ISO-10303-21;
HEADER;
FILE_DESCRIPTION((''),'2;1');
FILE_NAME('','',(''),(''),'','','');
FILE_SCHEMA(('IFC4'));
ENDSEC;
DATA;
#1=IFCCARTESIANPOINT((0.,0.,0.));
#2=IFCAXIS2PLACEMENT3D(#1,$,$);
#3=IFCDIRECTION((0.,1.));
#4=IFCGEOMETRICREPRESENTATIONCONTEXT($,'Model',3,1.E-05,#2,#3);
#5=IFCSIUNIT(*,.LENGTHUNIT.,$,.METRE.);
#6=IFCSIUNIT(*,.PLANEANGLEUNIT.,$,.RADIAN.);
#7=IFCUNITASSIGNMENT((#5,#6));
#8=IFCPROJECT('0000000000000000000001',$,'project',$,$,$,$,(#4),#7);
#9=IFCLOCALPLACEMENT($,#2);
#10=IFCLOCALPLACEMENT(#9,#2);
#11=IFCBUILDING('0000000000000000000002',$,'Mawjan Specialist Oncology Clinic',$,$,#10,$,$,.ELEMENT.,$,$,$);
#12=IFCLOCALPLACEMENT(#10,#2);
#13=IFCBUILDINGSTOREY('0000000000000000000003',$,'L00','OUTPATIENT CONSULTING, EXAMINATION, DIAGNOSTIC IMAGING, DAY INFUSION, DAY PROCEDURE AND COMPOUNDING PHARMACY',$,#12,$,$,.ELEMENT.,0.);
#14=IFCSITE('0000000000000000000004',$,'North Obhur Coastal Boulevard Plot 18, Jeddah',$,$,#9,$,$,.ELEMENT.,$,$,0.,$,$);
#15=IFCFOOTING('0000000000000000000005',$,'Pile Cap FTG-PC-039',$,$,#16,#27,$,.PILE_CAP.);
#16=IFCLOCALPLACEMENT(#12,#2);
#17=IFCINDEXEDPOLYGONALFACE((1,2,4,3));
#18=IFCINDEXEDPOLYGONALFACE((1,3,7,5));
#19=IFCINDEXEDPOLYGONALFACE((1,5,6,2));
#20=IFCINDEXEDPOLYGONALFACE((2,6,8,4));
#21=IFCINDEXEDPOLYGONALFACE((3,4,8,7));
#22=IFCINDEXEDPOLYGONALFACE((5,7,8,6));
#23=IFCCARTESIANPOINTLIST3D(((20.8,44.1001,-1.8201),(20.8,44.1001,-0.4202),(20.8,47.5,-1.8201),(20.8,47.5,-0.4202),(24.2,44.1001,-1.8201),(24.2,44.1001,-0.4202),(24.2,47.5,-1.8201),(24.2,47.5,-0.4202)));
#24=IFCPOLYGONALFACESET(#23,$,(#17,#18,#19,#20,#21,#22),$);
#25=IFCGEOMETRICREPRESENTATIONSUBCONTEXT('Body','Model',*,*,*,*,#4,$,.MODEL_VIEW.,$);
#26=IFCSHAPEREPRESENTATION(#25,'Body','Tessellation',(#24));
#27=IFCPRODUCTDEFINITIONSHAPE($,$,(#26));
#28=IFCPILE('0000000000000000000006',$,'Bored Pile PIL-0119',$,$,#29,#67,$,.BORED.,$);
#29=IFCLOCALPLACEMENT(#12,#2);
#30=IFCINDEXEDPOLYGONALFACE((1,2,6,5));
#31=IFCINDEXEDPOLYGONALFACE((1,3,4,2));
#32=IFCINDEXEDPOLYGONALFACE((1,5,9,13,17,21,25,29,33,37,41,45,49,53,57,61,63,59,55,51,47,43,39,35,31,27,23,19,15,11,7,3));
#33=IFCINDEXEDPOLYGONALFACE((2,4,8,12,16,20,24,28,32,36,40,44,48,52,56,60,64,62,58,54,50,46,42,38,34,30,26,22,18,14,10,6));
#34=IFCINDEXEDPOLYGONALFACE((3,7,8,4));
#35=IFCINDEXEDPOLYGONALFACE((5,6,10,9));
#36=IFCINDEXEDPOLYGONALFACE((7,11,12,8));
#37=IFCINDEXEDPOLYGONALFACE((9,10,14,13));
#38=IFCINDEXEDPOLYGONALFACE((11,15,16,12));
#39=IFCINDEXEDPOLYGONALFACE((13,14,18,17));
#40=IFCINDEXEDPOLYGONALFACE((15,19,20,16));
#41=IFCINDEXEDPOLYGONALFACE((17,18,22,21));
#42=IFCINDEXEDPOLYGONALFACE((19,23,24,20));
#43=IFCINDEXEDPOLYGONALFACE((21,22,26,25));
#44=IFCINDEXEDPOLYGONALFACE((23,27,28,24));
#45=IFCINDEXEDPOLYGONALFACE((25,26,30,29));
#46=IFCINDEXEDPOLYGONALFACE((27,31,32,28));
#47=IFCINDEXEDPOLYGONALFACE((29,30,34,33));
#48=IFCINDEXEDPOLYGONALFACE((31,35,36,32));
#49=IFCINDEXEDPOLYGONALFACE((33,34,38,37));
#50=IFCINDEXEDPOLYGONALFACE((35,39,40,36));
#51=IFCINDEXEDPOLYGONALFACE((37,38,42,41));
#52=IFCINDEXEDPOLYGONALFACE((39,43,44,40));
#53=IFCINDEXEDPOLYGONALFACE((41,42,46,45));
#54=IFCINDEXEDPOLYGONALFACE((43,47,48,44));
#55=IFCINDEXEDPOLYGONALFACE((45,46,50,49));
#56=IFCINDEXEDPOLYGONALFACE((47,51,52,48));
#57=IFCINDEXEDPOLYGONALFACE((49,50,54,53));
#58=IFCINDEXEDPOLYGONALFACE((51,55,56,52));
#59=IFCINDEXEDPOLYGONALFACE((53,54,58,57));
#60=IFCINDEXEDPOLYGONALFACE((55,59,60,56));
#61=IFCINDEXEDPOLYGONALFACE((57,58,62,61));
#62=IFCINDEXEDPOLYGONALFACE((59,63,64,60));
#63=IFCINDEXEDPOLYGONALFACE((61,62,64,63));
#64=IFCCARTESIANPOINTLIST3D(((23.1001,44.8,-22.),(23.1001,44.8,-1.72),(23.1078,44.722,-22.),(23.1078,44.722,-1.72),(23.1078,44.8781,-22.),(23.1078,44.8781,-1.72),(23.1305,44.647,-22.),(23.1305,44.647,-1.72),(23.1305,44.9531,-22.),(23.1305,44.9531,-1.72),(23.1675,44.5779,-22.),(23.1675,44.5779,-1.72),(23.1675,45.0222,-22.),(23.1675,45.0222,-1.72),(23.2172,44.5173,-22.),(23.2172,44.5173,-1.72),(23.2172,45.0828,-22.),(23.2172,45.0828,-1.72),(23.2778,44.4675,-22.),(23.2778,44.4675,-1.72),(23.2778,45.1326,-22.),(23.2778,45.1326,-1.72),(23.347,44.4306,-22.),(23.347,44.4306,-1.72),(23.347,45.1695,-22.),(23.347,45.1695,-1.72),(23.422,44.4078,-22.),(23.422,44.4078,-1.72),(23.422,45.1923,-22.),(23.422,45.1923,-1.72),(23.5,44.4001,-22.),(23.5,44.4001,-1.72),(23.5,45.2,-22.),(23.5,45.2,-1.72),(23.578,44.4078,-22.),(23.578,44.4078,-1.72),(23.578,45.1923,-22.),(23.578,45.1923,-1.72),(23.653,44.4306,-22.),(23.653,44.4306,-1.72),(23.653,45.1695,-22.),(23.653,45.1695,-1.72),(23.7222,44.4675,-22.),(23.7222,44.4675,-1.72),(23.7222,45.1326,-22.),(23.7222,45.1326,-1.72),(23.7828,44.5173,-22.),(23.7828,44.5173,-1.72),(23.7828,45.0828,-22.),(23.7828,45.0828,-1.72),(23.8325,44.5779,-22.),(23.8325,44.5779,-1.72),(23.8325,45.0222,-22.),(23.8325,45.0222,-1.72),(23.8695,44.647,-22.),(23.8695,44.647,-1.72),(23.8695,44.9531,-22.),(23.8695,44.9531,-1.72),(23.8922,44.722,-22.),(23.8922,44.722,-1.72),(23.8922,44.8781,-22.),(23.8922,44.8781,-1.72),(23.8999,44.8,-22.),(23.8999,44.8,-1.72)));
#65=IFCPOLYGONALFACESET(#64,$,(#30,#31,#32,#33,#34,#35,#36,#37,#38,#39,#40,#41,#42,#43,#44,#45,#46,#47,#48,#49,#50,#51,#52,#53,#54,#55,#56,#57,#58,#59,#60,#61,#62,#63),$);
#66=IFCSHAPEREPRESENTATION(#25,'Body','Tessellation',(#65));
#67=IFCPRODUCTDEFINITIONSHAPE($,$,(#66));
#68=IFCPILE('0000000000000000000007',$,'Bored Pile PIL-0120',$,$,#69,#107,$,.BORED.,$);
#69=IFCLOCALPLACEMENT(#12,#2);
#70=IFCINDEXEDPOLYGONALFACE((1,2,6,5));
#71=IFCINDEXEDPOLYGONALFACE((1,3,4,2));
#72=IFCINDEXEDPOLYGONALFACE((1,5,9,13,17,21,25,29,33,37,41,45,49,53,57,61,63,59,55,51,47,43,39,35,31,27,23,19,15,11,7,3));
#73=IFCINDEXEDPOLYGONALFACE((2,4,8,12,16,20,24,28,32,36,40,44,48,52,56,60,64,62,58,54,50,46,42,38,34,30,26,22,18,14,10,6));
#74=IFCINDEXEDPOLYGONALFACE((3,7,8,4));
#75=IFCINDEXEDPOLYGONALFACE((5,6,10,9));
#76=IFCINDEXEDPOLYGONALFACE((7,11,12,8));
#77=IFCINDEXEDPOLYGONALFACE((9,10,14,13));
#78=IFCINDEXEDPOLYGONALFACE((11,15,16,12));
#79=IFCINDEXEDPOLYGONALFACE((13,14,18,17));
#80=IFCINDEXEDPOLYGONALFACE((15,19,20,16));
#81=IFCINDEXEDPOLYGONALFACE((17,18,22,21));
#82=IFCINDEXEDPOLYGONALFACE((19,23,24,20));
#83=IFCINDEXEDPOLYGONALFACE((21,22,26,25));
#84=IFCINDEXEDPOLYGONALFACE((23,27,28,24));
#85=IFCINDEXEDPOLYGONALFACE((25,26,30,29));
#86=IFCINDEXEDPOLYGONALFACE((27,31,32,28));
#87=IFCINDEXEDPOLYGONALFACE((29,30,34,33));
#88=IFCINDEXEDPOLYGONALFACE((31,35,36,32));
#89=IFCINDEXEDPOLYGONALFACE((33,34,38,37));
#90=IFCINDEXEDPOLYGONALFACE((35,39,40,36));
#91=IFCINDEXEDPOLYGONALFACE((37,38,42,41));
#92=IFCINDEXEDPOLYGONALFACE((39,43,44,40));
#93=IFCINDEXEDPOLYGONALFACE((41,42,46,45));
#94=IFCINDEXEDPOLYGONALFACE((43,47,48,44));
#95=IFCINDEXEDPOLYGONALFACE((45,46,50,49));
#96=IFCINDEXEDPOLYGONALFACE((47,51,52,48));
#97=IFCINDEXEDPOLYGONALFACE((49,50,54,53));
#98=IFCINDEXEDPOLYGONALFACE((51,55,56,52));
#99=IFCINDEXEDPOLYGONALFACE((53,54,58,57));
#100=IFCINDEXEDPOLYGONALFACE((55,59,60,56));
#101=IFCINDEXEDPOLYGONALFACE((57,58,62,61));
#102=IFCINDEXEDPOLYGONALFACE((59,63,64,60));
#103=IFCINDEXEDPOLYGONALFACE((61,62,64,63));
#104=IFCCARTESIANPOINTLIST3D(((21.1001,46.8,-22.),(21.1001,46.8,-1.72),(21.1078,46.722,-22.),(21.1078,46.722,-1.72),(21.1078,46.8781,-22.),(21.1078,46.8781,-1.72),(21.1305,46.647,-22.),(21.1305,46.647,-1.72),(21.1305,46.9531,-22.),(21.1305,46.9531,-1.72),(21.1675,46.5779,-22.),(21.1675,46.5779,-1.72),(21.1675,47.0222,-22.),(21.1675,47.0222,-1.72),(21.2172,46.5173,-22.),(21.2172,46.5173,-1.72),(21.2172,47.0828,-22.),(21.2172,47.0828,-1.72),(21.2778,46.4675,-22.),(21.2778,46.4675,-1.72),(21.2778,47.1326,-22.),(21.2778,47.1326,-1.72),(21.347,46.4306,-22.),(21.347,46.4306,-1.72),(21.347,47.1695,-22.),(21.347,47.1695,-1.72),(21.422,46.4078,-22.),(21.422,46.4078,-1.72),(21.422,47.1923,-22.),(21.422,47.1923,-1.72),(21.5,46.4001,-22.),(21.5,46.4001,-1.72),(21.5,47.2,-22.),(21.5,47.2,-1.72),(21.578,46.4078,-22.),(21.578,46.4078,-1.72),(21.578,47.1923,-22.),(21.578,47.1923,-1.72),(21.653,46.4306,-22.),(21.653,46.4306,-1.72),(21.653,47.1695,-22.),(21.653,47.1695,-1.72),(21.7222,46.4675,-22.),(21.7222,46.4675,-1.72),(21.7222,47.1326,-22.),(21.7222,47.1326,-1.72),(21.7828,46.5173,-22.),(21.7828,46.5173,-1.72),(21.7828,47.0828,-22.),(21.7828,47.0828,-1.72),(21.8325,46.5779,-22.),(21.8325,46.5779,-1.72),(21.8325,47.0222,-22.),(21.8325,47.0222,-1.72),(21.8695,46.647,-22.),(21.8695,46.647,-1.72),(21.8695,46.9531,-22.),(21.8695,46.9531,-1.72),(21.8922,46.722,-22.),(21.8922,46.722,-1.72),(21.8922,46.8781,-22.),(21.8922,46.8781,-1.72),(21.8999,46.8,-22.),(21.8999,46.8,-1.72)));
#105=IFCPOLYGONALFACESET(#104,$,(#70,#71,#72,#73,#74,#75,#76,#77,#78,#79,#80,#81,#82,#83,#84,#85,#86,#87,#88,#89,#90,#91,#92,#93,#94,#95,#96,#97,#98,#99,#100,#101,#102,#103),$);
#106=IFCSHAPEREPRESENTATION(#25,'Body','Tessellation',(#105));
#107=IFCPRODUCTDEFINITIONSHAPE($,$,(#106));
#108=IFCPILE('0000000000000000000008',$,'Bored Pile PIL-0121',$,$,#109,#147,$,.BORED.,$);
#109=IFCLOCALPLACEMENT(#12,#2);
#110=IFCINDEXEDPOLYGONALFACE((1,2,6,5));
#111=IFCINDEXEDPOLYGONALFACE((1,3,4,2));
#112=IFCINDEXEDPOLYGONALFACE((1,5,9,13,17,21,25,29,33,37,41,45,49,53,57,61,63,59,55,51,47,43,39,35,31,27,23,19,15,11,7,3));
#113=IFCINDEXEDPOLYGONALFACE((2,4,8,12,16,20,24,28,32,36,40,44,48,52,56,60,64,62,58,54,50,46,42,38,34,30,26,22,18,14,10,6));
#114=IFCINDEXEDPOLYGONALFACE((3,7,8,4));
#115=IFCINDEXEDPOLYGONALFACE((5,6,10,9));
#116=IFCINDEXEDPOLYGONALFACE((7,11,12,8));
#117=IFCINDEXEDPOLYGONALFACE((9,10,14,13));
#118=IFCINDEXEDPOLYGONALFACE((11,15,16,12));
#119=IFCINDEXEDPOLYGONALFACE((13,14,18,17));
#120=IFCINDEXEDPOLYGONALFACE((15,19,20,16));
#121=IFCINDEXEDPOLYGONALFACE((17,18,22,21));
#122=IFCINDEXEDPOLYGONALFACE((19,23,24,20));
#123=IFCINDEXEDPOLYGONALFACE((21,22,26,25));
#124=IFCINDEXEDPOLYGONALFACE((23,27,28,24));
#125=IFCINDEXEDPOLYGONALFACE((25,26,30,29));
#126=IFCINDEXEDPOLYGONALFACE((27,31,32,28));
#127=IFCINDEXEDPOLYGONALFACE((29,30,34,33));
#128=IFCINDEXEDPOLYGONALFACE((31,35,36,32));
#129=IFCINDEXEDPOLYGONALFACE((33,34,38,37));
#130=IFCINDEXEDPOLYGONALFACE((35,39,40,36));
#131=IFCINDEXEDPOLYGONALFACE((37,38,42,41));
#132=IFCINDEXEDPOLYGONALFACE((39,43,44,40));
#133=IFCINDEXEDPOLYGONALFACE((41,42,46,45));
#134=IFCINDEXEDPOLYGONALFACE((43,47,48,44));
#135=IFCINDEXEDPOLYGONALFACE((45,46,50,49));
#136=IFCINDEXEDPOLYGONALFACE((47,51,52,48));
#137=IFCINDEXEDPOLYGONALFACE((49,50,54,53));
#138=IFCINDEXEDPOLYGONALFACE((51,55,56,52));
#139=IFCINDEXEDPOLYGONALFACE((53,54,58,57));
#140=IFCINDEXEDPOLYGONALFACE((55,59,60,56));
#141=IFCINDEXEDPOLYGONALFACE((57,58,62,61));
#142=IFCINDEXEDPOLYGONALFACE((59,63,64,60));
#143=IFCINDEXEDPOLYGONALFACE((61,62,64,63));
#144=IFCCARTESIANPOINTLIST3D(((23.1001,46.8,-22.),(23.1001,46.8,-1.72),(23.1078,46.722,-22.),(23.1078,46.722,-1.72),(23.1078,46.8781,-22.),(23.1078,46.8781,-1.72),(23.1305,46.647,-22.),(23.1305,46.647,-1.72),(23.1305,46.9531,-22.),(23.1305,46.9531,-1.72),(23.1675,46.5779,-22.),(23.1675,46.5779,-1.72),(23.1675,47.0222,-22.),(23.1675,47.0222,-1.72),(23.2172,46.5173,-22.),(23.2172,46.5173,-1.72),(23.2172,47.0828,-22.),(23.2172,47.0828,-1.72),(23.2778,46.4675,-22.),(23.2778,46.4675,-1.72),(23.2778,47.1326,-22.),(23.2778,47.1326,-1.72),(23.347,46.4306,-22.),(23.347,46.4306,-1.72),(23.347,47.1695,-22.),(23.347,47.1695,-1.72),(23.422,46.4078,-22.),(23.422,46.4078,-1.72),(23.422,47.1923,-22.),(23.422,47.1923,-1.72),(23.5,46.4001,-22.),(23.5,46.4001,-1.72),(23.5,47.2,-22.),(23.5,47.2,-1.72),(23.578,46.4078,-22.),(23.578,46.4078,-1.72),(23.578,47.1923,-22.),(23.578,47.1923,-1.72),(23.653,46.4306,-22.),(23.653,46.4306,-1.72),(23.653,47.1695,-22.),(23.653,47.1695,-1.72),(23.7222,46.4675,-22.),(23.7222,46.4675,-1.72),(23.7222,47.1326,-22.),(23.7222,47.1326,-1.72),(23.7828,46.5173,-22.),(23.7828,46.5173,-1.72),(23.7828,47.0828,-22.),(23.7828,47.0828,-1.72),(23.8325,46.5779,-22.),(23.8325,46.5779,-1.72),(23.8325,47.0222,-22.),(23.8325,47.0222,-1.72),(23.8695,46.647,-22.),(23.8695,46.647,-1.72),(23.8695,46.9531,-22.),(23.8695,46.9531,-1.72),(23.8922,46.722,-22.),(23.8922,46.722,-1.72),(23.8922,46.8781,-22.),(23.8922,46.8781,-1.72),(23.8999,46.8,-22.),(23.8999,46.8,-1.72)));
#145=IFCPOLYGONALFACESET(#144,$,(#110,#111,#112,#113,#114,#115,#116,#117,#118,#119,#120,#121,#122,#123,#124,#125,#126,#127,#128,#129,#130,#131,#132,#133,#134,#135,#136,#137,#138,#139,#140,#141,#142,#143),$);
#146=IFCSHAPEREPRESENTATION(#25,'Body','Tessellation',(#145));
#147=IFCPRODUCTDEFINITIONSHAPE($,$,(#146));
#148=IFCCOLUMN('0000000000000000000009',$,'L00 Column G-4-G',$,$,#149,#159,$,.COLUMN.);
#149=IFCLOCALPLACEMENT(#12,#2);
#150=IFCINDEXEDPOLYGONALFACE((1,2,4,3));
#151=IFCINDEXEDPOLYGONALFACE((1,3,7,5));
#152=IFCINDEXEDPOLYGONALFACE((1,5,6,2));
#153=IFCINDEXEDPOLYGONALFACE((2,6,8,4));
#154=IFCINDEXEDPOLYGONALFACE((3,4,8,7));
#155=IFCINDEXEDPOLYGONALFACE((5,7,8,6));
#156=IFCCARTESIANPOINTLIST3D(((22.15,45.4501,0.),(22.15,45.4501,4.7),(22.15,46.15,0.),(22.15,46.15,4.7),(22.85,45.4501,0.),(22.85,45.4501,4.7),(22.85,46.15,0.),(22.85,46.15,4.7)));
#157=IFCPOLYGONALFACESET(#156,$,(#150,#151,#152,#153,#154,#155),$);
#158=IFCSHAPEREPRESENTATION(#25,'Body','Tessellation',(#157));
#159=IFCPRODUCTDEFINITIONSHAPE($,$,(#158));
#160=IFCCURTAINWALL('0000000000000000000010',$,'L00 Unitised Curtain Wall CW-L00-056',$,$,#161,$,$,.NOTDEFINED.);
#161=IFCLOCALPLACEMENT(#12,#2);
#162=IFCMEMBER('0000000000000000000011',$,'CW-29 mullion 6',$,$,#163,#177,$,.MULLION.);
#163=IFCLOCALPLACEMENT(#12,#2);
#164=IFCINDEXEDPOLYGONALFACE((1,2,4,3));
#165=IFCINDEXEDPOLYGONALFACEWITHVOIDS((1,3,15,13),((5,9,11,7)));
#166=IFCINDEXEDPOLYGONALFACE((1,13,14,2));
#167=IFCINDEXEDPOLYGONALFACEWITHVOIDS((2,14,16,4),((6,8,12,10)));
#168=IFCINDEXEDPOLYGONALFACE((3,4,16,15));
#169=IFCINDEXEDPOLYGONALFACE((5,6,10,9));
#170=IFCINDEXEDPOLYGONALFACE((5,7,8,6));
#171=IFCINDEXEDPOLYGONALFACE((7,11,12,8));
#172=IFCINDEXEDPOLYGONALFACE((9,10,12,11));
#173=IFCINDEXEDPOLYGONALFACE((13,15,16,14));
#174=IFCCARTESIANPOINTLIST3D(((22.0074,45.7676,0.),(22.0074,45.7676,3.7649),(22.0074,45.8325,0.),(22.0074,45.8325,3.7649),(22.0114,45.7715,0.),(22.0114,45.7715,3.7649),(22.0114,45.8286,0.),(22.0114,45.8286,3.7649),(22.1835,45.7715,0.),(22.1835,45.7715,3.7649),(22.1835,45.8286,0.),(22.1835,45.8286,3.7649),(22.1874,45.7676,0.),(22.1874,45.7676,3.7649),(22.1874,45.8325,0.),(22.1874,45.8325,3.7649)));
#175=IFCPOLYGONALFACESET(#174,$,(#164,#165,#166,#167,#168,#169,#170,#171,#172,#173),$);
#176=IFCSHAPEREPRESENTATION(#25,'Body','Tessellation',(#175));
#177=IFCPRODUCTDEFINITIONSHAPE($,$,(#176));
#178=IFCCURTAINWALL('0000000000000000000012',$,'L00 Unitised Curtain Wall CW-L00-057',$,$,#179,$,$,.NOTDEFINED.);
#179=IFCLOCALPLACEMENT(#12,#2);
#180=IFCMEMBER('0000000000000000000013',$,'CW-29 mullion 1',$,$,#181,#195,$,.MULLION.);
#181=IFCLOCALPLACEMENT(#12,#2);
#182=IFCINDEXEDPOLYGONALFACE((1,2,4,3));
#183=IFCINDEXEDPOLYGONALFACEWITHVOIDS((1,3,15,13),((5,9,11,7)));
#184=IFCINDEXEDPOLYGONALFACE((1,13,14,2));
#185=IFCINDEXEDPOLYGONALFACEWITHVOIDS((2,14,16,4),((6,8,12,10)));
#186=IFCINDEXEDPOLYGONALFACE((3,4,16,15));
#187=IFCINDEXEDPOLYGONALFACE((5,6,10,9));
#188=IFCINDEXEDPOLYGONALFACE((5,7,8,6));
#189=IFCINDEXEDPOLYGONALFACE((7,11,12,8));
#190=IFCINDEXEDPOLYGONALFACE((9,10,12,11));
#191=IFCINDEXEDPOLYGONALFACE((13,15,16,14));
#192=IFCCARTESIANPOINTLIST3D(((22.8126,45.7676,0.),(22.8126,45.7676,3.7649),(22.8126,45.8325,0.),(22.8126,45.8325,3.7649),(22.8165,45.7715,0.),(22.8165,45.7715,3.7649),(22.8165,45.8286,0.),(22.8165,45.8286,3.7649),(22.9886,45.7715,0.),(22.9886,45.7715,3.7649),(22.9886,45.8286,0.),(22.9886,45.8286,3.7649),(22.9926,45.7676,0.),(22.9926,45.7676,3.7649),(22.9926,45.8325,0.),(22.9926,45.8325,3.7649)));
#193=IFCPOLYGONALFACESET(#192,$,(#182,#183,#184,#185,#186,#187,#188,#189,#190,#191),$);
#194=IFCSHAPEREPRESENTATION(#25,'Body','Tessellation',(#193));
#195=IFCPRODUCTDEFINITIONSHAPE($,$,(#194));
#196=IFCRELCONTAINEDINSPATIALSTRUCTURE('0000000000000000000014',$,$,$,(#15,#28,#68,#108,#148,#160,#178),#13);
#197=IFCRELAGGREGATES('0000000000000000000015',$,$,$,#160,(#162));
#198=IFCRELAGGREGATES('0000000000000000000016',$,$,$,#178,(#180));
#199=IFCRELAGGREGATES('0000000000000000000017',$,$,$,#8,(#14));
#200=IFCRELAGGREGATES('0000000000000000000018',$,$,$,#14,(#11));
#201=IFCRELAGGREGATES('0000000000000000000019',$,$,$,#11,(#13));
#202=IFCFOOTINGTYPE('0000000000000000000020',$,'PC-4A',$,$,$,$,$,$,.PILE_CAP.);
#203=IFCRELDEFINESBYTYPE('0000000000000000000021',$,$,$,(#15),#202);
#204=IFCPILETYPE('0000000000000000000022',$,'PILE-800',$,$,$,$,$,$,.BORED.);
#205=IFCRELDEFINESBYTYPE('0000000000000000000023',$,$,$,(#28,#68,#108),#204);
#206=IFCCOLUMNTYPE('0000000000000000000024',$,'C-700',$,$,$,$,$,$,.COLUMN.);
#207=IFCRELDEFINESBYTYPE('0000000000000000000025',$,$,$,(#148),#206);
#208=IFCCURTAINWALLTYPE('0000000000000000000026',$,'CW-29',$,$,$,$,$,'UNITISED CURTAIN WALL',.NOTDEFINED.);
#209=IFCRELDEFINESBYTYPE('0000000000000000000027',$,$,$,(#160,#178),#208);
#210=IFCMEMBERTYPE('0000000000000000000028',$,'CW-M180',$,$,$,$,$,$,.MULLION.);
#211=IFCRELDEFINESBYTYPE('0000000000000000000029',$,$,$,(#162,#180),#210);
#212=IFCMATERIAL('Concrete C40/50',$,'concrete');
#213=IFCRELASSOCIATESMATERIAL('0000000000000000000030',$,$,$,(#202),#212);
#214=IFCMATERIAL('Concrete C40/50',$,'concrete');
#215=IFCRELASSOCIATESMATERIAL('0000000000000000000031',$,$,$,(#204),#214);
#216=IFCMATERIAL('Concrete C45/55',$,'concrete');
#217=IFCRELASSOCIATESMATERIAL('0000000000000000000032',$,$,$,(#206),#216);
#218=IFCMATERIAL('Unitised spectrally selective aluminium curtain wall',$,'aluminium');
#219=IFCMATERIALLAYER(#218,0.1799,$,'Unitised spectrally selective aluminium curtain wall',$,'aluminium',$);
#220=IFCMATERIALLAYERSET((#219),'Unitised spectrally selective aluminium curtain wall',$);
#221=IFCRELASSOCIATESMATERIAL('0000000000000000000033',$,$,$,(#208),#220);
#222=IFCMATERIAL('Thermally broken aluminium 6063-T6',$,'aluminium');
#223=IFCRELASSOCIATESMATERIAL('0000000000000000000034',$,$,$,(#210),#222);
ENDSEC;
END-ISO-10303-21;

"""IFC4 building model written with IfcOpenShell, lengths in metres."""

from ifc_helpers import new_model, si_unit, direction, frame, origin, origin_2d, place, context, subcontext, project, spatial, rectangle, hollow_rectangle, circle, extrude, material, layer, layer_set, material_profile, profile_set, type_object, element, aggregate, save


model = new_model("IFC4")

# Units and contexts
model_context = context("Model", 3, precision=1e-05, world=origin(), true_north=direction((0.0, 1.0)))
body_context = subcontext(model_context, "Body", "Model", "MODEL_VIEW")
ifc_project = project(units=[si_unit("LENGTHUNIT", "METRE"), si_unit("PLANEANGLEUNIT", "RADIAN")], contexts=[model_context])

# Site, building, storey
site_placement = place(None, origin())
site = spatial("IfcSite", under=ifc_project, at=site_placement, Name="North Obhur Coastal Boulevard Plot 18, Jeddah", CompositionType="ELEMENT", RefElevation=0.0)
building_placement = place(site_placement, origin())
building = spatial("IfcBuilding", under=site, at=building_placement, Name="Mawjan Specialist Oncology Clinic", CompositionType="ELEMENT")
storey_placement = place(building_placement, origin())
storey = spatial("IfcBuildingStorey", under=building, at=storey_placement, Name="L00", Description="OUTPATIENT CONSULTING, EXAMINATION, DIAGNOSTIC IMAGING, DAY INFUSION, DAY PROCEDURE AND COMPOUNDING PHARMACY", CompositionType="ELEMENT", Elevation=0.0)

# Footing
ifc_material_1 = material(Name="Concrete C40/50", Category="concrete")
footing_type = type_object("IfcFootingType", Name="PC-4A", PredefinedType="PILE_CAP", material=ifc_material_1)
footing_placement = place(storey_placement, frame((22.5, 45.8, -1.8201), z_axis=(0.0, 0.0, 1.0), x_axis=(1.0, 0.0, 0.0)))
element("IfcFooting", 1, at=footing_placement, inside=storey, type_object=footing_type, Name="Pile Cap FTG-PC-039", PredefinedType="PILE_CAP", context=body_context, shape_type="SweptSolid", body=[
    extrude(rectangle(XDim=3.3999, YDim=3.3999, at=origin_2d()), origin(), (0.0, 0.0, 1.0), 1.3999),
])

# Piles
ifc_material_2 = material(Name="Concrete C40/50", Category="concrete")
ifc_material_profile_1 = material_profile(ifc_material_2, circle(Radius=0.3999, at=origin_2d()), Name="BORED PILE D800", Category="concrete")
ifc_profile_set_1 = profile_set([ifc_material_profile_1], Name="Concrete C40/50")
pile_type = type_object("IfcPileType", Name="PILE-800", PredefinedType="BORED", material=ifc_profile_set_1)
for number, where, z_axis, x_axis, name in (
    (2, (23.5, 44.8, -1.72), (0.0, 0.0, -1.0), (1.0, 0.0, 0.0), "Bored Pile PIL-0119"),
    (3, (21.5, 46.8, -1.72), (0.0, 0.0, -1.0), (1.0, 0.0, 0.0), "Bored Pile PIL-0120"),
    (4, (23.5, 46.8, -1.72), (0.0, 0.0, -1.0), (1.0, 0.0, 0.0), "Bored Pile PIL-0121"),
):
    element("IfcPile", number, at=place(storey_placement, frame(where, z_axis=z_axis, x_axis=x_axis)), inside=storey, type_object=pile_type, Name=name, PredefinedType="BORED", context=body_context, shape_type="SweptSolid", body=[
        extrude(circle(Radius=0.3999, at=origin_2d()), origin(), (0.0, 0.0, 1.0), 20.28),
    ])

# Column
ifc_material_3 = material(Name="Concrete C45/55", Category="concrete")
ifc_material_profile_2 = material_profile(ifc_material_3, rectangle(XDim=0.7, YDim=0.7, at=origin_2d()), Name="RC COL 700x700", Category="concrete")
ifc_profile_set_2 = profile_set([ifc_material_profile_2], Name="Concrete C45/55")
column_type = type_object("IfcColumnType", Name="C-700", PredefinedType="COLUMN", material=ifc_profile_set_2)
column_placement = place(storey_placement, frame((22.5, 45.8, 0.0), z_axis=(0.0, 0.0, 1.0), x_axis=(1.0, 0.0, 0.0)))
element("IfcColumn", 5, at=column_placement, inside=storey, type_object=column_type, Name="L00 Column G-4-G", PredefinedType="COLUMN", context=body_context, shape_type="SweptSolid", body=[
    extrude(rectangle(XDim=0.7, YDim=0.7, at=origin_2d()), origin(), (0.0, 0.0, 1.0), 4.7),
])

# Curtain wall, member
ifc_material_4 = material(Name="Unitised spectrally selective aluminium curtain wall", Category="aluminium")
ifc_layer_1 = layer(ifc_material_4, 0.1799, Name="Unitised spectrally selective aluminium curtain wall", Category="aluminium")
ifc_layer_set_1 = layer_set([ifc_layer_1], Name="Unitised spectrally selective aluminium curtain wall")
curtain_wall_type = type_object("IfcCurtainWallType", Name="CW-29", ElementType="UNITISED CURTAIN WALL", PredefinedType="NOTDEFINED", material=ifc_layer_set_1)
curtain_wall_1_placement = place(storey_placement, origin())
curtain_wall_1 = element("IfcCurtainWall", 6, at=curtain_wall_1_placement, inside=storey, type_object=curtain_wall_type, Name="L00 Unitised Curtain Wall CW-L00-056", PredefinedType="NOTDEFINED")
ifc_material_5 = material(Name="Thermally broken aluminium 6063-T6", Category="aluminium")
ifc_material_profile_3 = material_profile(ifc_material_5, hollow_rectangle(XDim=0.0649, YDim=0.1799, WallThickness=0.0039, at=origin_2d()), Name="ALU MULLION 180x65x4", Category="aluminium")
ifc_profile_set_3 = profile_set([ifc_material_profile_3], Name="Thermally broken aluminium 6063-T6")
member_type_1 = type_object("IfcMemberType", Name="CW-M180", PredefinedType="MULLION", material=ifc_profile_set_3)
member_1_placement = place(storey_placement, frame((22.0974, 45.8, 0.0), z_axis=(0.0, 0.0, 1.0), x_axis=(0.0, 1.0, 0.0)))
member_1 = element("IfcMember", 7, at=member_1_placement, type_object=member_type_1, Name="CW-29 mullion 6", PredefinedType="MULLION", context=body_context, shape_type="SweptSolid", body=[
    extrude(hollow_rectangle(XDim=0.0649, YDim=0.1799, WallThickness=0.0039, at=origin_2d()), origin(), (0.0, 0.0, 1.0), 3.7649),
])
aggregate(curtain_wall_1, [member_1])

# Curtain wall, member
curtain_wall_2_placement = place(storey_placement, origin())
curtain_wall_2 = element("IfcCurtainWall", 8, at=curtain_wall_2_placement, inside=storey, type_object=curtain_wall_type, Name="L00 Unitised Curtain Wall CW-L00-057", PredefinedType="NOTDEFINED")
member_2_placement = place(storey_placement, frame((22.9026, 45.8, 0.0), z_axis=(0.0, 0.0, 1.0), x_axis=(0.0, 1.0, 0.0)))
member_2 = element("IfcMember", 9, at=member_2_placement, type_object=member_type_1, Name="CW-29 mullion 1", PredefinedType="MULLION", context=body_context, shape_type="SweptSolid", body=[
    extrude(hollow_rectangle(XDim=0.0649, YDim=0.1799, WallThickness=0.0039, at=origin_2d()), origin(), (0.0, 0.0, 1.0), 3.7649),
])
aggregate(curtain_wall_2, [member_2])

save(model, "model.ifc")
